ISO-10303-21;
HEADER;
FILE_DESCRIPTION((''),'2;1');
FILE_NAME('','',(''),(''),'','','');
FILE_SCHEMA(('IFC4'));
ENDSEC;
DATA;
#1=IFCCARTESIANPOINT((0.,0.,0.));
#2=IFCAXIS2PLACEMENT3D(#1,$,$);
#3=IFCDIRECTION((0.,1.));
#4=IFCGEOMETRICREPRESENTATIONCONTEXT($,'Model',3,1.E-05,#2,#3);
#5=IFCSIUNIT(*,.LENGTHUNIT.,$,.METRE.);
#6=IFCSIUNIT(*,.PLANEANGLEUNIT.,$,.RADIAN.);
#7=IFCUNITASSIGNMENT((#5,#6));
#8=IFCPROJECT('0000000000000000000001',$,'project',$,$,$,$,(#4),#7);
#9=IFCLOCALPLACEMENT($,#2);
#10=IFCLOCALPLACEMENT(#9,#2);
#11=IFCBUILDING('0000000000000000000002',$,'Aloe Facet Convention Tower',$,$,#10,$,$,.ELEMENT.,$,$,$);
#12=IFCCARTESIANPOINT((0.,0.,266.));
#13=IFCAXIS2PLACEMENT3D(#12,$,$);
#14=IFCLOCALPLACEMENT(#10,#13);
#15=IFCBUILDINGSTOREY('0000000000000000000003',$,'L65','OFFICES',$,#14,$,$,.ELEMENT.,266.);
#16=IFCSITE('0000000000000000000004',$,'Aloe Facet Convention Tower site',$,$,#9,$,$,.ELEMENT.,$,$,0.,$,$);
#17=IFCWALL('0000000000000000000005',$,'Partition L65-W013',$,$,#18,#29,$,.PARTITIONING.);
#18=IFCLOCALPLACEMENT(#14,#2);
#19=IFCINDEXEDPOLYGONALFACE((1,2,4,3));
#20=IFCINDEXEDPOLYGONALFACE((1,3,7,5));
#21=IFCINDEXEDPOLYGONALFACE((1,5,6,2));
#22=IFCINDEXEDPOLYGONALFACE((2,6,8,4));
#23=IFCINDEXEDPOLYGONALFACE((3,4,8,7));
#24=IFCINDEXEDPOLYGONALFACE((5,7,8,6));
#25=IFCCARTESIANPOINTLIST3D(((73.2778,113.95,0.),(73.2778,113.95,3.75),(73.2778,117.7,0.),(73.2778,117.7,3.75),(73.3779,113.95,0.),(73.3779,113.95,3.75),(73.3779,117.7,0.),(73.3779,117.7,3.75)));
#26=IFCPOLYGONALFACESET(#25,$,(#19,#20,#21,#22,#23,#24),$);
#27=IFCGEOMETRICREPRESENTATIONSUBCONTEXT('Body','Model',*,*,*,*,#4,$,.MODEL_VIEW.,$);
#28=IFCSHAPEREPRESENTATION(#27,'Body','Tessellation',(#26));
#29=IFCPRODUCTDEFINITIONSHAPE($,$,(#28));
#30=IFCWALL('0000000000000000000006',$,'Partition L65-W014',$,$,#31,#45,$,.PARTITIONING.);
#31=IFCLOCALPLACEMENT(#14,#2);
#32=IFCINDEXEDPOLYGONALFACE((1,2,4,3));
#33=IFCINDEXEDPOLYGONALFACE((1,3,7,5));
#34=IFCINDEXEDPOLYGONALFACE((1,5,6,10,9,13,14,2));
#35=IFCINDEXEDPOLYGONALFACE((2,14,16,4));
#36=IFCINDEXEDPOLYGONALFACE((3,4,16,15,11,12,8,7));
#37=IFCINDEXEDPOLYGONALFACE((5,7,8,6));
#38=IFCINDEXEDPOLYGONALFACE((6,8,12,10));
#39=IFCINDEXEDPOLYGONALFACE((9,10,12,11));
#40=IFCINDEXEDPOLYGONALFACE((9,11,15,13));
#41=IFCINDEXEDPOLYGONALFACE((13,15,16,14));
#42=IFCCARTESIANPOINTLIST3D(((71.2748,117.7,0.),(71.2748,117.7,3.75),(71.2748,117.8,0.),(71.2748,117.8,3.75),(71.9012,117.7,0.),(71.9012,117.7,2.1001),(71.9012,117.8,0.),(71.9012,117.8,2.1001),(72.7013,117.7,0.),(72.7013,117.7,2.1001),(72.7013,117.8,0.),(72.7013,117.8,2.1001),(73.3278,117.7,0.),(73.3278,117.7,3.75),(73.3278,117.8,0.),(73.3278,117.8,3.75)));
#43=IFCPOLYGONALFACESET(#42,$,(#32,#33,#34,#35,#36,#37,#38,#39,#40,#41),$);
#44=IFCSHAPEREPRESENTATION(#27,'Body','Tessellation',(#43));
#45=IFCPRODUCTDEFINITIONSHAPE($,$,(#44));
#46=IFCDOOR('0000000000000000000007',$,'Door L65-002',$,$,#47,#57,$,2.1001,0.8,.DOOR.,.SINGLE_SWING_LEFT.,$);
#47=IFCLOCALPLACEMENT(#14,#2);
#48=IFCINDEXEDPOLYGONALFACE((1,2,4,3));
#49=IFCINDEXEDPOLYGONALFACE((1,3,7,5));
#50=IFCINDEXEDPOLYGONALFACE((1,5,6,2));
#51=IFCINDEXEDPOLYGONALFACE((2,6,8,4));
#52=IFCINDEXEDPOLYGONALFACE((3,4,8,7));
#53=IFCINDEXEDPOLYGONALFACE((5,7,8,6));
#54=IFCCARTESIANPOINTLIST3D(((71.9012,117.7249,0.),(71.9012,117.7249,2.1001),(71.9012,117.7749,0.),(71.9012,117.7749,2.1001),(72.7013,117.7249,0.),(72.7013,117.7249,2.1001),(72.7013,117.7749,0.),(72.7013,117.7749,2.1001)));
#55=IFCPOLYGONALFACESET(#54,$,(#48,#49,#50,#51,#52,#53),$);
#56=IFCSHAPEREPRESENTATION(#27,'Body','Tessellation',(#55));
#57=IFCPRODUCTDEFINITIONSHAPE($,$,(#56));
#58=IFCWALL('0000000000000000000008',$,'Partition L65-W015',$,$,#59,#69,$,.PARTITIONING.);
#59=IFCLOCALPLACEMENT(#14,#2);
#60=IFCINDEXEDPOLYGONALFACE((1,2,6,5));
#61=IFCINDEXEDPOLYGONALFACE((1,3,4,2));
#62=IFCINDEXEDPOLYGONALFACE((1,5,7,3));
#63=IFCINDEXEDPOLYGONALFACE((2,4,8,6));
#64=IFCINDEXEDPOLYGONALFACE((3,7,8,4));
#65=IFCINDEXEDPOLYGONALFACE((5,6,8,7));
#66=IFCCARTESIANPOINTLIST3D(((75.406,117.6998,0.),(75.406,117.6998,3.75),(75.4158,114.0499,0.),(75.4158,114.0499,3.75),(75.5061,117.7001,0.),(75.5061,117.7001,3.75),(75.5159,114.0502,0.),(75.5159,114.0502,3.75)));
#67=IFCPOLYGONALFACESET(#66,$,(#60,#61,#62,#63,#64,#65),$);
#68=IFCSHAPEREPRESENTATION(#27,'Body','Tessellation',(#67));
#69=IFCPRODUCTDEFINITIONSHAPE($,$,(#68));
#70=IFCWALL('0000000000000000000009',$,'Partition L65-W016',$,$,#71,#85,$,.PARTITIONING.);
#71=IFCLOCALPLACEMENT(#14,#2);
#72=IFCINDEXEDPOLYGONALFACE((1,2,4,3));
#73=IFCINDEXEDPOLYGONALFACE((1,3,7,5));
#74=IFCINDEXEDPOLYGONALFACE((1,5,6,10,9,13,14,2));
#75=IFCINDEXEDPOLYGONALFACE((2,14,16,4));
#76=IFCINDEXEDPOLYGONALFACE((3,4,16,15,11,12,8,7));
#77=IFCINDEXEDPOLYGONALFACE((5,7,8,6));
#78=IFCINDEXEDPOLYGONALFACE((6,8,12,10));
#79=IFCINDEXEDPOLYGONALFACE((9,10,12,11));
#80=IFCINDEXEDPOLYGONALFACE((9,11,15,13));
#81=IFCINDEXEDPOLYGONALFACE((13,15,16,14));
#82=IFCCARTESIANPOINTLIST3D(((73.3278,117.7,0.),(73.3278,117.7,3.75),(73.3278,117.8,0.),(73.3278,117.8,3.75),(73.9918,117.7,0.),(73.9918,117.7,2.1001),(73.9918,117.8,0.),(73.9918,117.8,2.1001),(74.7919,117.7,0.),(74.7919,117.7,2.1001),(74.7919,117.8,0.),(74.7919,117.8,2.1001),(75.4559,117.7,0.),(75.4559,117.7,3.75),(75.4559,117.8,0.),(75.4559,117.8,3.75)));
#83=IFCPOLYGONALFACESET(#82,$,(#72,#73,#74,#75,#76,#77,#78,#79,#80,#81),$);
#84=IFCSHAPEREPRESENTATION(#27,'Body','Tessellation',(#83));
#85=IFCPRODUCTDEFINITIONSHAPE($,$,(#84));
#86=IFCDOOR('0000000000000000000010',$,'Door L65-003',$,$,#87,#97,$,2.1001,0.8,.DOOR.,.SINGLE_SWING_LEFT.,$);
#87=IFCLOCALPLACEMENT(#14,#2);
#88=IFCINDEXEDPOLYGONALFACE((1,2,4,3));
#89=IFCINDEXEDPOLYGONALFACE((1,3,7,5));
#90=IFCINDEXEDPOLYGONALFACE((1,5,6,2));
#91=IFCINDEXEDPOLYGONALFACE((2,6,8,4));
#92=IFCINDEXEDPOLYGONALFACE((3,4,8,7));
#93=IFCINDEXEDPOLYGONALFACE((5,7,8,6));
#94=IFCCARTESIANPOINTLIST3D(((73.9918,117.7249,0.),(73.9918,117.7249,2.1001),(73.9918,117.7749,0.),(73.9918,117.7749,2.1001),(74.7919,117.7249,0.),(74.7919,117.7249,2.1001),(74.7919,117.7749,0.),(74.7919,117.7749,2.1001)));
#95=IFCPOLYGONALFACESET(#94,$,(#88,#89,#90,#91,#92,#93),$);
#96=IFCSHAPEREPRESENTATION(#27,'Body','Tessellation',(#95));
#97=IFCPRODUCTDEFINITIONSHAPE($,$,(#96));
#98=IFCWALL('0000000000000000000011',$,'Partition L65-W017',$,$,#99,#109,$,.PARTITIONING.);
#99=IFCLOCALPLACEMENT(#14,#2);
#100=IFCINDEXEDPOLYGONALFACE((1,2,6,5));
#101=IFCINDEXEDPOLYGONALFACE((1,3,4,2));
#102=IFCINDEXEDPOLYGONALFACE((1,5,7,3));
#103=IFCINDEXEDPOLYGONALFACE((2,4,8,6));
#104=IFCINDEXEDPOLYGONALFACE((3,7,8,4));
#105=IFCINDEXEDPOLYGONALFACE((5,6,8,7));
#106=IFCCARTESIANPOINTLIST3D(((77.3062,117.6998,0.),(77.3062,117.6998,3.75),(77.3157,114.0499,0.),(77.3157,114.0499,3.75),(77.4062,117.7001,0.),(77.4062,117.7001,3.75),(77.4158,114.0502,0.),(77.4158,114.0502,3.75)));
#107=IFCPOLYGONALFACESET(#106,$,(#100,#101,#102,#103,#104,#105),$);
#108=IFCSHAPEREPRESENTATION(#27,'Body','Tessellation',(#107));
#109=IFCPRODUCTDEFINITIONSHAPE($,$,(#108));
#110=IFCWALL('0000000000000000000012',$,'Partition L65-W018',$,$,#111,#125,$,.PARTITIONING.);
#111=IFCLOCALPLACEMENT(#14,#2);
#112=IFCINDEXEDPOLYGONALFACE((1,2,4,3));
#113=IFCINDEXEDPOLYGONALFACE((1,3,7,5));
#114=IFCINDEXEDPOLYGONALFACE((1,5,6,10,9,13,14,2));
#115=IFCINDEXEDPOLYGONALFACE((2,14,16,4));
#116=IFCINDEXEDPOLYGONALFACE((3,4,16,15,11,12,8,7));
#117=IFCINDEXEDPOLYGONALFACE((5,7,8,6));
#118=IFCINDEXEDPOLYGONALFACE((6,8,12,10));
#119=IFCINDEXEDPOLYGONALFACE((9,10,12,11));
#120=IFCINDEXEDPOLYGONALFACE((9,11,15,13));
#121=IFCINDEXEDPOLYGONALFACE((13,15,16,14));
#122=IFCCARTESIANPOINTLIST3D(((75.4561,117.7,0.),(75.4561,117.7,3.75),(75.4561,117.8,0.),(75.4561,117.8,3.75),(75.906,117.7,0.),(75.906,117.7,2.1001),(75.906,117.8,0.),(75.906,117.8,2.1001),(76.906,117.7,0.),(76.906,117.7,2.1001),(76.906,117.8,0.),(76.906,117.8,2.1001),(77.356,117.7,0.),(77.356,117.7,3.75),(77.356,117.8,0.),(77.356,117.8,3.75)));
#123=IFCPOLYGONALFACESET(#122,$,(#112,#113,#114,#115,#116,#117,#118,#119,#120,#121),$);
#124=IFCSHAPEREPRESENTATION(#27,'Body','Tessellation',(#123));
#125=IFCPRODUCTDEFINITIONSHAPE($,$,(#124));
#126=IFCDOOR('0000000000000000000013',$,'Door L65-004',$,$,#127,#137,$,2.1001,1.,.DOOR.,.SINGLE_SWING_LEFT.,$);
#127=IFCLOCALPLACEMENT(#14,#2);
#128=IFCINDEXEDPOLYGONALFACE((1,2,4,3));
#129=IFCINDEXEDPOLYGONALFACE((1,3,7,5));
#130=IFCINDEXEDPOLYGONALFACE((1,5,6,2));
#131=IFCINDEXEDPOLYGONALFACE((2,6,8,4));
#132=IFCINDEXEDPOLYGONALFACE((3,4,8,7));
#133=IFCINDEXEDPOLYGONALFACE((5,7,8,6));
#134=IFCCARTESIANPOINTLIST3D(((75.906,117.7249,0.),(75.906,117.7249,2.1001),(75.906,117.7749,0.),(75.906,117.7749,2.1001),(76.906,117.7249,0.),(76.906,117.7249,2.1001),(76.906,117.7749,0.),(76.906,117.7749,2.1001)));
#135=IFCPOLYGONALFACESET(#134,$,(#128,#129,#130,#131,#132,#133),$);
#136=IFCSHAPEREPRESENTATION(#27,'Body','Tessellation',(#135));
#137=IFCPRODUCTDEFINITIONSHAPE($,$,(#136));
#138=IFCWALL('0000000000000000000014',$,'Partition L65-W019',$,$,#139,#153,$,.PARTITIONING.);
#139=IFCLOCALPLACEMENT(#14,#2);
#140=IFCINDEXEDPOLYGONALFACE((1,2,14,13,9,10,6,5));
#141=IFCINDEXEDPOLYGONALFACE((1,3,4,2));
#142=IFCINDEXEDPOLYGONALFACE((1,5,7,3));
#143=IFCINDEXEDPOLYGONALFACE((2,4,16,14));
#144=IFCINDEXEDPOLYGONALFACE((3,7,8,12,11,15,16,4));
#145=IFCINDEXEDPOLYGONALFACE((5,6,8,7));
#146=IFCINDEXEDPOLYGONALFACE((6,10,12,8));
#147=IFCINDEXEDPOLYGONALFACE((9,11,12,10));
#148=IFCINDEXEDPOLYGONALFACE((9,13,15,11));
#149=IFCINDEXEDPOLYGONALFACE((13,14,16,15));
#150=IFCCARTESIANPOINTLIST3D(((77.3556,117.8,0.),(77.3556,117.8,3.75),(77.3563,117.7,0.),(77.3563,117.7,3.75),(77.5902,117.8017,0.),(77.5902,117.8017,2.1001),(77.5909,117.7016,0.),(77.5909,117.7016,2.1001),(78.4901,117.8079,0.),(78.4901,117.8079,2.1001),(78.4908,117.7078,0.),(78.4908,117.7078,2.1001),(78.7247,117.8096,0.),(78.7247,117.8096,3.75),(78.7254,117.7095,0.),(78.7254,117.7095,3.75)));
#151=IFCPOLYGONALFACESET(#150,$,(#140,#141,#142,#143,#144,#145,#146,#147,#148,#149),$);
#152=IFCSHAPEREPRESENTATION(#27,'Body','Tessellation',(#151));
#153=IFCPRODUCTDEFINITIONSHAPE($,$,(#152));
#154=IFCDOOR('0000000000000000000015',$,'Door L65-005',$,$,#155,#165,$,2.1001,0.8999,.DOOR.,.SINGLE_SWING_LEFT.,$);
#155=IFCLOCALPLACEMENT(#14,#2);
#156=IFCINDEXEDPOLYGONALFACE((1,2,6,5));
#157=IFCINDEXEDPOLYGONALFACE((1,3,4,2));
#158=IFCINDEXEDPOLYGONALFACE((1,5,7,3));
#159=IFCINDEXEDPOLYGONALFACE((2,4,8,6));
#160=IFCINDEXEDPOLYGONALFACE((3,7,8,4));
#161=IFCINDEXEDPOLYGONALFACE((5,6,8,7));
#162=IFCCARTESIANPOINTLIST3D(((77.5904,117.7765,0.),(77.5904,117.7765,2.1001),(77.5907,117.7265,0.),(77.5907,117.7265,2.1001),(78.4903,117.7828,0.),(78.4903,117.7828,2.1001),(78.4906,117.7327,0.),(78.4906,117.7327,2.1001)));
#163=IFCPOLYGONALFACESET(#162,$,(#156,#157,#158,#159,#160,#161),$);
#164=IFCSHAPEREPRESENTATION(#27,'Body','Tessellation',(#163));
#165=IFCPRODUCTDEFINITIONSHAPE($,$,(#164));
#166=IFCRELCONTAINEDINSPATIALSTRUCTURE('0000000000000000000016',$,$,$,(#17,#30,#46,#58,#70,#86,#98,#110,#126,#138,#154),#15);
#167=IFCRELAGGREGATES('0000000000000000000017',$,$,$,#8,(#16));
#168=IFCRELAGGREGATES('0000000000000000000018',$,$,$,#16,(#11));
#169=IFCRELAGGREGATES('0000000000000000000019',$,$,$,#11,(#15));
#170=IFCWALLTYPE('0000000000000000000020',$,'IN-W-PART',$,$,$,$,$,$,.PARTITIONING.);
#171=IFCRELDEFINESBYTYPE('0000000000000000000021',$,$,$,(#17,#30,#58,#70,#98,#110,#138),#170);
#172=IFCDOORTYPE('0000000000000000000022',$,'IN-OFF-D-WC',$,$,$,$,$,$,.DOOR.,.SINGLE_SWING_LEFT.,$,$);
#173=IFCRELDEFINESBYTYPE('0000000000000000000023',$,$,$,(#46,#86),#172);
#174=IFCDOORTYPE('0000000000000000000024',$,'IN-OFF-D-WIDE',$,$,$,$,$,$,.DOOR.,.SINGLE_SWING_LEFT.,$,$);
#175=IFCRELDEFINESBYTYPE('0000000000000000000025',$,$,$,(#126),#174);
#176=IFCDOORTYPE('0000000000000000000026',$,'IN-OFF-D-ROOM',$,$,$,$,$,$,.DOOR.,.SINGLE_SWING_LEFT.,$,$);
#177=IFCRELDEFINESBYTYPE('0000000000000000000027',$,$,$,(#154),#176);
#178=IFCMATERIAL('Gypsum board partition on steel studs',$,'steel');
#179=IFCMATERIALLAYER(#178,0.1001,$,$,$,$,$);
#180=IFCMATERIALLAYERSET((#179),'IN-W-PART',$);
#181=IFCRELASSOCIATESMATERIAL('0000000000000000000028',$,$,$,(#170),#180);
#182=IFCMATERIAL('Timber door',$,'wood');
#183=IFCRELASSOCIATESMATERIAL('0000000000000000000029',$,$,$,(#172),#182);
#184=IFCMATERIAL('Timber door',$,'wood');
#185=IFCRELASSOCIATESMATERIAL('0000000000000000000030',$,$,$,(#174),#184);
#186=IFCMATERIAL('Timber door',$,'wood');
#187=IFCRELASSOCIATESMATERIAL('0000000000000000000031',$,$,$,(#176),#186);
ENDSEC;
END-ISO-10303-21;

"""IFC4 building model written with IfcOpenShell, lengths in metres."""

from ifc_helpers import new_model, si_unit, direction, frame, frame_2d, origin, place, context, subcontext, project, spatial, rectangle, extrude, material, layer, layer_set, type_object, element, fill, save


model = new_model("IFC4")

# Units and contexts
model_context = context("Model", 3, precision=1e-05, world=origin(), true_north=direction((0.0, 1.0)))
body_context = subcontext(model_context, "Body", "Model", "MODEL_VIEW")
ifc_project = project(units=[si_unit("LENGTHUNIT", "METRE"), si_unit("PLANEANGLEUNIT", "RADIAN")], contexts=[model_context])

# Site, building, storey
site_placement = place(None, origin())
site = spatial("IfcSite", under=ifc_project, at=site_placement, Name="Aloe Facet Convention Tower site", CompositionType="ELEMENT", RefElevation=0.0)
building_placement = place(site_placement, origin())
building = spatial("IfcBuilding", under=site, at=building_placement, Name="Aloe Facet Convention Tower", CompositionType="ELEMENT")
storey_placement = place(building_placement, frame((0.0, 0.0, 266.0)))
storey = spatial("IfcBuildingStorey", under=building, at=storey_placement, Name="L65", Description="OFFICES", CompositionType="ELEMENT", Elevation=266.0)

# Wall
ifc_material_1 = material(Name="Gypsum board partition on steel studs", Category="steel")
ifc_layer_1 = layer(ifc_material_1, 0.1001)
ifc_layer_set_1 = layer_set([ifc_layer_1], Name="IN-W-PART")
wall_type_1 = type_object("IfcWallType", Name="IN-W-PART", PredefinedType="PARTITIONING", material=ifc_layer_set_1)
wall_1_placement = place(storey_placement, frame((73.3279, 113.95, 0.0), z_axis=(0.0, 0.0, 1.0), x_axis=(0.0, 1.0, 0.0)))
element("IfcWall", 1, at=wall_1_placement, inside=storey, type_object=wall_type_1, Name="Partition L65-W013", PredefinedType="PARTITIONING", context=body_context, shape_type="SweptSolid", body=[
    extrude(rectangle(XDim=3.75, YDim=0.1001, at=frame_2d((1.875, 0.0))), origin(), (0.0, 0.0, 1.0), 3.75),
])

# Wall, opening, door
wall_2_placement = place(storey_placement, frame((71.2749, 117.75, 0.0), z_axis=(0.0, 0.0, 1.0), x_axis=(1.0, 0.0, 0.0)))
wall_2 = element("IfcWall", 2, at=wall_2_placement, inside=storey, type_object=wall_type_1, Name="Partition L65-W014", PredefinedType="PARTITIONING", context=body_context, shape_type="SweptSolid", body=[
    extrude(rectangle(XDim=2.053, YDim=0.1001, at=frame_2d((1.0264, 0.0))), origin(), (0.0, 0.0, 1.0), 3.75),
])
opening_1_placement = place(wall_2_placement, frame((0.6265, 0.0, 0.0)))
opening_1 = element("IfcOpeningElement", 3, at=opening_1_placement, cuts=wall_2, PredefinedType="OPENING", context=body_context, shape_type="SweptSolid", body=[
    extrude(rectangle(XDim=0.8, YDim=2.1001, at=frame_2d((0.3999, 1.05))), frame((0.0, 0.0601, 0.0), z_axis=(0.0, -1.0, 0.0), x_axis=(1.0, 0.0, 0.0)), (0.0, 0.0, 1.0), 0.1201),
])
ifc_material_2 = material(Name="Timber door", Category="wood")
door_type_1 = type_object("IfcDoorType", Name="IN-OFF-D-WC", OperationType="SINGLE_SWING_LEFT", PredefinedType="DOOR", material=ifc_material_2)
door_1_placement = place(opening_1_placement, origin())
door_1 = element("IfcDoor", 4, at=door_1_placement, inside=storey, type_object=door_type_1, Name="Door L65-002", OperationType="SINGLE_SWING_LEFT", OverallHeight=2.1001, OverallWidth=0.8, PredefinedType="DOOR", context=body_context, shape_type="SweptSolid", body=[
    extrude(rectangle(XDim=0.8, YDim=2.1001, at=frame_2d((0.3999, 1.05))), frame((0.0, 0.0249, 0.0), z_axis=(0.0, -1.0, 0.0), x_axis=(1.0, 0.0, 0.0)), (0.0, 0.0, 1.0), 0.05),
])
fill(opening_1, door_1)

# Wall
wall_3_placement = place(storey_placement, frame((75.4658, 114.05, 0.0), z_axis=(0.0, 0.0, 1.0), x_axis=(-0.002676, 0.999996, 0.0)))
element("IfcWall", 5, at=wall_3_placement, inside=storey, type_object=wall_type_1, Name="Partition L65-W015", PredefinedType="PARTITIONING", context=body_context, shape_type="SweptSolid", body=[
    extrude(rectangle(XDim=3.6499, YDim=0.1001, at=frame_2d((1.825, 0.0))), origin(), (0.0, 0.0, 1.0), 3.75),
])

# Wall, opening, door
wall_4_placement = place(storey_placement, frame((73.3279, 117.75, 0.0), z_axis=(0.0, 0.0, 1.0), x_axis=(1.0, 0.0, 0.0)))
wall_4 = element("IfcWall", 6, at=wall_4_placement, inside=storey, type_object=wall_type_1, Name="Partition L65-W016", PredefinedType="PARTITIONING", context=body_context, shape_type="SweptSolid", body=[
    extrude(rectangle(XDim=2.1282, YDim=0.1001, at=frame_2d((1.064, 0.0))), origin(), (0.0, 0.0, 1.0), 3.75),
])
opening_2_placement = place(wall_4_placement, frame((0.6641, 0.0, 0.0)))
opening_2 = element("IfcOpeningElement", 7, at=opening_2_placement, cuts=wall_4, PredefinedType="OPENING", context=body_context, shape_type="SweptSolid", body=[
    extrude(rectangle(XDim=0.8, YDim=2.1001, at=frame_2d((0.3999, 1.05))), frame((0.0, 0.0601, 0.0), z_axis=(0.0, -1.0, 0.0), x_axis=(1.0, 0.0, 0.0)), (0.0, 0.0, 1.0), 0.1201),
])
door_2_placement = place(opening_2_placement, origin())
door_2 = element("IfcDoor", 8, at=door_2_placement, inside=storey, type_object=door_type_1, Name="Door L65-003", OperationType="SINGLE_SWING_LEFT", OverallHeight=2.1001, OverallWidth=0.8, PredefinedType="DOOR", context=body_context, shape_type="SweptSolid", body=[
    extrude(rectangle(XDim=0.8, YDim=2.1001, at=frame_2d((0.3999, 1.05))), frame((0.0, 0.0249, 0.0), z_axis=(0.0, -1.0, 0.0), x_axis=(1.0, 0.0, 0.0)), (0.0, 0.0, 1.0), 0.05),
])
fill(opening_2, door_2)

# Wall
wall_5_placement = place(storey_placement, frame((77.3657, 114.05, 0.0), z_axis=(0.0, 0.0, 1.0), x_axis=(-0.002609, 0.999997, 0.0)))
element("IfcWall", 9, at=wall_5_placement, inside=storey, type_object=wall_type_1, Name="Partition L65-W017", PredefinedType="PARTITIONING", context=body_context, shape_type="SweptSolid", body=[
    extrude(rectangle(XDim=3.6499, YDim=0.1001, at=frame_2d((1.825, 0.0))), origin(), (0.0, 0.0, 1.0), 3.75),
])

# Walls, openings, doors
wall_6_placement = place(storey_placement, frame((75.4561, 117.75, 0.0), z_axis=(0.0, 0.0, 1.0), x_axis=(1.0, 0.0, 0.0)))
wall_6 = element("IfcWall", 10, at=wall_6_placement, inside=storey, type_object=wall_type_1, Name="Partition L65-W018", PredefinedType="PARTITIONING", context=body_context, shape_type="SweptSolid", body=[
    extrude(rectangle(XDim=1.8999, YDim=0.1001, at=frame_2d((0.95, 0.0))), origin(), (0.0, 0.0, 1.0), 3.75),
])
opening_3_placement = place(wall_6_placement, frame((0.45, 0.0, 0.0)))
opening_3 = element("IfcOpeningElement", 11, at=opening_3_placement, cuts=wall_6, PredefinedType="OPENING", context=body_context, shape_type="SweptSolid", body=[
    extrude(rectangle(XDim=1.0, YDim=2.1001, at=frame_2d((0.5, 1.05))), frame((0.0, 0.0601, 0.0), z_axis=(0.0, -1.0, 0.0), x_axis=(1.0, 0.0, 0.0)), (0.0, 0.0, 1.0), 0.1201),
])
ifc_material_3 = material(Name="Timber door", Category="wood")
door_type_2 = type_object("IfcDoorType", Name="IN-OFF-D-WIDE", OperationType="SINGLE_SWING_LEFT", PredefinedType="DOOR", material=ifc_material_3)
door_3_placement = place(opening_3_placement, origin())
door_3 = element("IfcDoor", 12, at=door_3_placement, inside=storey, type_object=door_type_2, Name="Door L65-004", OperationType="SINGLE_SWING_LEFT", OverallHeight=2.1001, OverallWidth=1.0, PredefinedType="DOOR", context=body_context, shape_type="SweptSolid", body=[
    extrude(rectangle(XDim=1.0, YDim=2.1001, at=frame_2d((0.5, 1.05))), frame((0.0, 0.0249, 0.0), z_axis=(0.0, -1.0, 0.0), x_axis=(1.0, 0.0, 0.0)), (0.0, 0.0, 1.0), 0.05),
])
fill(opening_3, door_3)
wall_7_placement = place(storey_placement, frame((77.356, 117.75, 0.0), z_axis=(0.0, 0.0, 1.0), x_axis=(0.999976, 0.006954, 0.0)))
wall_7 = element("IfcWall", 13, at=wall_7_placement, inside=storey, type_object=wall_type_1, Name="Partition L65-W019", PredefinedType="PARTITIONING", context=body_context, shape_type="SweptSolid", body=[
    extrude(rectangle(XDim=1.3691, YDim=0.1001, at=frame_2d((0.6846, 0.0))), origin(), (0.0, 0.0, 1.0), 3.75),
])
opening_4_placement = place(wall_7_placement, frame((0.2346, 0.0, 0.0)))
opening_4 = element("IfcOpeningElement", 14, at=opening_4_placement, cuts=wall_7, PredefinedType="OPENING", context=body_context, shape_type="SweptSolid", body=[
    extrude(rectangle(XDim=0.8999, YDim=2.1001, at=frame_2d((0.45, 1.05))), frame((0.0, 0.0601, 0.0), z_axis=(0.0, -1.0, 0.0), x_axis=(1.0, 0.0, 0.0)), (0.0, 0.0, 1.0), 0.1201),
])
ifc_material_4 = material(Name="Timber door", Category="wood")
door_type_3 = type_object("IfcDoorType", Name="IN-OFF-D-ROOM", OperationType="SINGLE_SWING_LEFT", PredefinedType="DOOR", material=ifc_material_4)
door_4_placement = place(opening_4_placement, origin())
door_4 = element("IfcDoor", 15, at=door_4_placement, inside=storey, type_object=door_type_3, Name="Door L65-005", OperationType="SINGLE_SWING_LEFT", OverallHeight=2.1001, OverallWidth=0.8999, PredefinedType="DOOR", context=body_context, shape_type="SweptSolid", body=[
    extrude(rectangle(XDim=0.8999, YDim=2.1001, at=frame_2d((0.45, 1.05))), frame((0.0, 0.0249, 0.0), z_axis=(0.0, -1.0, 0.0), x_axis=(1.0, 0.0, 0.0)), (0.0, 0.0, 1.0), 0.05),
])
fill(opening_4, door_4)

save(model, "model.ifc")
